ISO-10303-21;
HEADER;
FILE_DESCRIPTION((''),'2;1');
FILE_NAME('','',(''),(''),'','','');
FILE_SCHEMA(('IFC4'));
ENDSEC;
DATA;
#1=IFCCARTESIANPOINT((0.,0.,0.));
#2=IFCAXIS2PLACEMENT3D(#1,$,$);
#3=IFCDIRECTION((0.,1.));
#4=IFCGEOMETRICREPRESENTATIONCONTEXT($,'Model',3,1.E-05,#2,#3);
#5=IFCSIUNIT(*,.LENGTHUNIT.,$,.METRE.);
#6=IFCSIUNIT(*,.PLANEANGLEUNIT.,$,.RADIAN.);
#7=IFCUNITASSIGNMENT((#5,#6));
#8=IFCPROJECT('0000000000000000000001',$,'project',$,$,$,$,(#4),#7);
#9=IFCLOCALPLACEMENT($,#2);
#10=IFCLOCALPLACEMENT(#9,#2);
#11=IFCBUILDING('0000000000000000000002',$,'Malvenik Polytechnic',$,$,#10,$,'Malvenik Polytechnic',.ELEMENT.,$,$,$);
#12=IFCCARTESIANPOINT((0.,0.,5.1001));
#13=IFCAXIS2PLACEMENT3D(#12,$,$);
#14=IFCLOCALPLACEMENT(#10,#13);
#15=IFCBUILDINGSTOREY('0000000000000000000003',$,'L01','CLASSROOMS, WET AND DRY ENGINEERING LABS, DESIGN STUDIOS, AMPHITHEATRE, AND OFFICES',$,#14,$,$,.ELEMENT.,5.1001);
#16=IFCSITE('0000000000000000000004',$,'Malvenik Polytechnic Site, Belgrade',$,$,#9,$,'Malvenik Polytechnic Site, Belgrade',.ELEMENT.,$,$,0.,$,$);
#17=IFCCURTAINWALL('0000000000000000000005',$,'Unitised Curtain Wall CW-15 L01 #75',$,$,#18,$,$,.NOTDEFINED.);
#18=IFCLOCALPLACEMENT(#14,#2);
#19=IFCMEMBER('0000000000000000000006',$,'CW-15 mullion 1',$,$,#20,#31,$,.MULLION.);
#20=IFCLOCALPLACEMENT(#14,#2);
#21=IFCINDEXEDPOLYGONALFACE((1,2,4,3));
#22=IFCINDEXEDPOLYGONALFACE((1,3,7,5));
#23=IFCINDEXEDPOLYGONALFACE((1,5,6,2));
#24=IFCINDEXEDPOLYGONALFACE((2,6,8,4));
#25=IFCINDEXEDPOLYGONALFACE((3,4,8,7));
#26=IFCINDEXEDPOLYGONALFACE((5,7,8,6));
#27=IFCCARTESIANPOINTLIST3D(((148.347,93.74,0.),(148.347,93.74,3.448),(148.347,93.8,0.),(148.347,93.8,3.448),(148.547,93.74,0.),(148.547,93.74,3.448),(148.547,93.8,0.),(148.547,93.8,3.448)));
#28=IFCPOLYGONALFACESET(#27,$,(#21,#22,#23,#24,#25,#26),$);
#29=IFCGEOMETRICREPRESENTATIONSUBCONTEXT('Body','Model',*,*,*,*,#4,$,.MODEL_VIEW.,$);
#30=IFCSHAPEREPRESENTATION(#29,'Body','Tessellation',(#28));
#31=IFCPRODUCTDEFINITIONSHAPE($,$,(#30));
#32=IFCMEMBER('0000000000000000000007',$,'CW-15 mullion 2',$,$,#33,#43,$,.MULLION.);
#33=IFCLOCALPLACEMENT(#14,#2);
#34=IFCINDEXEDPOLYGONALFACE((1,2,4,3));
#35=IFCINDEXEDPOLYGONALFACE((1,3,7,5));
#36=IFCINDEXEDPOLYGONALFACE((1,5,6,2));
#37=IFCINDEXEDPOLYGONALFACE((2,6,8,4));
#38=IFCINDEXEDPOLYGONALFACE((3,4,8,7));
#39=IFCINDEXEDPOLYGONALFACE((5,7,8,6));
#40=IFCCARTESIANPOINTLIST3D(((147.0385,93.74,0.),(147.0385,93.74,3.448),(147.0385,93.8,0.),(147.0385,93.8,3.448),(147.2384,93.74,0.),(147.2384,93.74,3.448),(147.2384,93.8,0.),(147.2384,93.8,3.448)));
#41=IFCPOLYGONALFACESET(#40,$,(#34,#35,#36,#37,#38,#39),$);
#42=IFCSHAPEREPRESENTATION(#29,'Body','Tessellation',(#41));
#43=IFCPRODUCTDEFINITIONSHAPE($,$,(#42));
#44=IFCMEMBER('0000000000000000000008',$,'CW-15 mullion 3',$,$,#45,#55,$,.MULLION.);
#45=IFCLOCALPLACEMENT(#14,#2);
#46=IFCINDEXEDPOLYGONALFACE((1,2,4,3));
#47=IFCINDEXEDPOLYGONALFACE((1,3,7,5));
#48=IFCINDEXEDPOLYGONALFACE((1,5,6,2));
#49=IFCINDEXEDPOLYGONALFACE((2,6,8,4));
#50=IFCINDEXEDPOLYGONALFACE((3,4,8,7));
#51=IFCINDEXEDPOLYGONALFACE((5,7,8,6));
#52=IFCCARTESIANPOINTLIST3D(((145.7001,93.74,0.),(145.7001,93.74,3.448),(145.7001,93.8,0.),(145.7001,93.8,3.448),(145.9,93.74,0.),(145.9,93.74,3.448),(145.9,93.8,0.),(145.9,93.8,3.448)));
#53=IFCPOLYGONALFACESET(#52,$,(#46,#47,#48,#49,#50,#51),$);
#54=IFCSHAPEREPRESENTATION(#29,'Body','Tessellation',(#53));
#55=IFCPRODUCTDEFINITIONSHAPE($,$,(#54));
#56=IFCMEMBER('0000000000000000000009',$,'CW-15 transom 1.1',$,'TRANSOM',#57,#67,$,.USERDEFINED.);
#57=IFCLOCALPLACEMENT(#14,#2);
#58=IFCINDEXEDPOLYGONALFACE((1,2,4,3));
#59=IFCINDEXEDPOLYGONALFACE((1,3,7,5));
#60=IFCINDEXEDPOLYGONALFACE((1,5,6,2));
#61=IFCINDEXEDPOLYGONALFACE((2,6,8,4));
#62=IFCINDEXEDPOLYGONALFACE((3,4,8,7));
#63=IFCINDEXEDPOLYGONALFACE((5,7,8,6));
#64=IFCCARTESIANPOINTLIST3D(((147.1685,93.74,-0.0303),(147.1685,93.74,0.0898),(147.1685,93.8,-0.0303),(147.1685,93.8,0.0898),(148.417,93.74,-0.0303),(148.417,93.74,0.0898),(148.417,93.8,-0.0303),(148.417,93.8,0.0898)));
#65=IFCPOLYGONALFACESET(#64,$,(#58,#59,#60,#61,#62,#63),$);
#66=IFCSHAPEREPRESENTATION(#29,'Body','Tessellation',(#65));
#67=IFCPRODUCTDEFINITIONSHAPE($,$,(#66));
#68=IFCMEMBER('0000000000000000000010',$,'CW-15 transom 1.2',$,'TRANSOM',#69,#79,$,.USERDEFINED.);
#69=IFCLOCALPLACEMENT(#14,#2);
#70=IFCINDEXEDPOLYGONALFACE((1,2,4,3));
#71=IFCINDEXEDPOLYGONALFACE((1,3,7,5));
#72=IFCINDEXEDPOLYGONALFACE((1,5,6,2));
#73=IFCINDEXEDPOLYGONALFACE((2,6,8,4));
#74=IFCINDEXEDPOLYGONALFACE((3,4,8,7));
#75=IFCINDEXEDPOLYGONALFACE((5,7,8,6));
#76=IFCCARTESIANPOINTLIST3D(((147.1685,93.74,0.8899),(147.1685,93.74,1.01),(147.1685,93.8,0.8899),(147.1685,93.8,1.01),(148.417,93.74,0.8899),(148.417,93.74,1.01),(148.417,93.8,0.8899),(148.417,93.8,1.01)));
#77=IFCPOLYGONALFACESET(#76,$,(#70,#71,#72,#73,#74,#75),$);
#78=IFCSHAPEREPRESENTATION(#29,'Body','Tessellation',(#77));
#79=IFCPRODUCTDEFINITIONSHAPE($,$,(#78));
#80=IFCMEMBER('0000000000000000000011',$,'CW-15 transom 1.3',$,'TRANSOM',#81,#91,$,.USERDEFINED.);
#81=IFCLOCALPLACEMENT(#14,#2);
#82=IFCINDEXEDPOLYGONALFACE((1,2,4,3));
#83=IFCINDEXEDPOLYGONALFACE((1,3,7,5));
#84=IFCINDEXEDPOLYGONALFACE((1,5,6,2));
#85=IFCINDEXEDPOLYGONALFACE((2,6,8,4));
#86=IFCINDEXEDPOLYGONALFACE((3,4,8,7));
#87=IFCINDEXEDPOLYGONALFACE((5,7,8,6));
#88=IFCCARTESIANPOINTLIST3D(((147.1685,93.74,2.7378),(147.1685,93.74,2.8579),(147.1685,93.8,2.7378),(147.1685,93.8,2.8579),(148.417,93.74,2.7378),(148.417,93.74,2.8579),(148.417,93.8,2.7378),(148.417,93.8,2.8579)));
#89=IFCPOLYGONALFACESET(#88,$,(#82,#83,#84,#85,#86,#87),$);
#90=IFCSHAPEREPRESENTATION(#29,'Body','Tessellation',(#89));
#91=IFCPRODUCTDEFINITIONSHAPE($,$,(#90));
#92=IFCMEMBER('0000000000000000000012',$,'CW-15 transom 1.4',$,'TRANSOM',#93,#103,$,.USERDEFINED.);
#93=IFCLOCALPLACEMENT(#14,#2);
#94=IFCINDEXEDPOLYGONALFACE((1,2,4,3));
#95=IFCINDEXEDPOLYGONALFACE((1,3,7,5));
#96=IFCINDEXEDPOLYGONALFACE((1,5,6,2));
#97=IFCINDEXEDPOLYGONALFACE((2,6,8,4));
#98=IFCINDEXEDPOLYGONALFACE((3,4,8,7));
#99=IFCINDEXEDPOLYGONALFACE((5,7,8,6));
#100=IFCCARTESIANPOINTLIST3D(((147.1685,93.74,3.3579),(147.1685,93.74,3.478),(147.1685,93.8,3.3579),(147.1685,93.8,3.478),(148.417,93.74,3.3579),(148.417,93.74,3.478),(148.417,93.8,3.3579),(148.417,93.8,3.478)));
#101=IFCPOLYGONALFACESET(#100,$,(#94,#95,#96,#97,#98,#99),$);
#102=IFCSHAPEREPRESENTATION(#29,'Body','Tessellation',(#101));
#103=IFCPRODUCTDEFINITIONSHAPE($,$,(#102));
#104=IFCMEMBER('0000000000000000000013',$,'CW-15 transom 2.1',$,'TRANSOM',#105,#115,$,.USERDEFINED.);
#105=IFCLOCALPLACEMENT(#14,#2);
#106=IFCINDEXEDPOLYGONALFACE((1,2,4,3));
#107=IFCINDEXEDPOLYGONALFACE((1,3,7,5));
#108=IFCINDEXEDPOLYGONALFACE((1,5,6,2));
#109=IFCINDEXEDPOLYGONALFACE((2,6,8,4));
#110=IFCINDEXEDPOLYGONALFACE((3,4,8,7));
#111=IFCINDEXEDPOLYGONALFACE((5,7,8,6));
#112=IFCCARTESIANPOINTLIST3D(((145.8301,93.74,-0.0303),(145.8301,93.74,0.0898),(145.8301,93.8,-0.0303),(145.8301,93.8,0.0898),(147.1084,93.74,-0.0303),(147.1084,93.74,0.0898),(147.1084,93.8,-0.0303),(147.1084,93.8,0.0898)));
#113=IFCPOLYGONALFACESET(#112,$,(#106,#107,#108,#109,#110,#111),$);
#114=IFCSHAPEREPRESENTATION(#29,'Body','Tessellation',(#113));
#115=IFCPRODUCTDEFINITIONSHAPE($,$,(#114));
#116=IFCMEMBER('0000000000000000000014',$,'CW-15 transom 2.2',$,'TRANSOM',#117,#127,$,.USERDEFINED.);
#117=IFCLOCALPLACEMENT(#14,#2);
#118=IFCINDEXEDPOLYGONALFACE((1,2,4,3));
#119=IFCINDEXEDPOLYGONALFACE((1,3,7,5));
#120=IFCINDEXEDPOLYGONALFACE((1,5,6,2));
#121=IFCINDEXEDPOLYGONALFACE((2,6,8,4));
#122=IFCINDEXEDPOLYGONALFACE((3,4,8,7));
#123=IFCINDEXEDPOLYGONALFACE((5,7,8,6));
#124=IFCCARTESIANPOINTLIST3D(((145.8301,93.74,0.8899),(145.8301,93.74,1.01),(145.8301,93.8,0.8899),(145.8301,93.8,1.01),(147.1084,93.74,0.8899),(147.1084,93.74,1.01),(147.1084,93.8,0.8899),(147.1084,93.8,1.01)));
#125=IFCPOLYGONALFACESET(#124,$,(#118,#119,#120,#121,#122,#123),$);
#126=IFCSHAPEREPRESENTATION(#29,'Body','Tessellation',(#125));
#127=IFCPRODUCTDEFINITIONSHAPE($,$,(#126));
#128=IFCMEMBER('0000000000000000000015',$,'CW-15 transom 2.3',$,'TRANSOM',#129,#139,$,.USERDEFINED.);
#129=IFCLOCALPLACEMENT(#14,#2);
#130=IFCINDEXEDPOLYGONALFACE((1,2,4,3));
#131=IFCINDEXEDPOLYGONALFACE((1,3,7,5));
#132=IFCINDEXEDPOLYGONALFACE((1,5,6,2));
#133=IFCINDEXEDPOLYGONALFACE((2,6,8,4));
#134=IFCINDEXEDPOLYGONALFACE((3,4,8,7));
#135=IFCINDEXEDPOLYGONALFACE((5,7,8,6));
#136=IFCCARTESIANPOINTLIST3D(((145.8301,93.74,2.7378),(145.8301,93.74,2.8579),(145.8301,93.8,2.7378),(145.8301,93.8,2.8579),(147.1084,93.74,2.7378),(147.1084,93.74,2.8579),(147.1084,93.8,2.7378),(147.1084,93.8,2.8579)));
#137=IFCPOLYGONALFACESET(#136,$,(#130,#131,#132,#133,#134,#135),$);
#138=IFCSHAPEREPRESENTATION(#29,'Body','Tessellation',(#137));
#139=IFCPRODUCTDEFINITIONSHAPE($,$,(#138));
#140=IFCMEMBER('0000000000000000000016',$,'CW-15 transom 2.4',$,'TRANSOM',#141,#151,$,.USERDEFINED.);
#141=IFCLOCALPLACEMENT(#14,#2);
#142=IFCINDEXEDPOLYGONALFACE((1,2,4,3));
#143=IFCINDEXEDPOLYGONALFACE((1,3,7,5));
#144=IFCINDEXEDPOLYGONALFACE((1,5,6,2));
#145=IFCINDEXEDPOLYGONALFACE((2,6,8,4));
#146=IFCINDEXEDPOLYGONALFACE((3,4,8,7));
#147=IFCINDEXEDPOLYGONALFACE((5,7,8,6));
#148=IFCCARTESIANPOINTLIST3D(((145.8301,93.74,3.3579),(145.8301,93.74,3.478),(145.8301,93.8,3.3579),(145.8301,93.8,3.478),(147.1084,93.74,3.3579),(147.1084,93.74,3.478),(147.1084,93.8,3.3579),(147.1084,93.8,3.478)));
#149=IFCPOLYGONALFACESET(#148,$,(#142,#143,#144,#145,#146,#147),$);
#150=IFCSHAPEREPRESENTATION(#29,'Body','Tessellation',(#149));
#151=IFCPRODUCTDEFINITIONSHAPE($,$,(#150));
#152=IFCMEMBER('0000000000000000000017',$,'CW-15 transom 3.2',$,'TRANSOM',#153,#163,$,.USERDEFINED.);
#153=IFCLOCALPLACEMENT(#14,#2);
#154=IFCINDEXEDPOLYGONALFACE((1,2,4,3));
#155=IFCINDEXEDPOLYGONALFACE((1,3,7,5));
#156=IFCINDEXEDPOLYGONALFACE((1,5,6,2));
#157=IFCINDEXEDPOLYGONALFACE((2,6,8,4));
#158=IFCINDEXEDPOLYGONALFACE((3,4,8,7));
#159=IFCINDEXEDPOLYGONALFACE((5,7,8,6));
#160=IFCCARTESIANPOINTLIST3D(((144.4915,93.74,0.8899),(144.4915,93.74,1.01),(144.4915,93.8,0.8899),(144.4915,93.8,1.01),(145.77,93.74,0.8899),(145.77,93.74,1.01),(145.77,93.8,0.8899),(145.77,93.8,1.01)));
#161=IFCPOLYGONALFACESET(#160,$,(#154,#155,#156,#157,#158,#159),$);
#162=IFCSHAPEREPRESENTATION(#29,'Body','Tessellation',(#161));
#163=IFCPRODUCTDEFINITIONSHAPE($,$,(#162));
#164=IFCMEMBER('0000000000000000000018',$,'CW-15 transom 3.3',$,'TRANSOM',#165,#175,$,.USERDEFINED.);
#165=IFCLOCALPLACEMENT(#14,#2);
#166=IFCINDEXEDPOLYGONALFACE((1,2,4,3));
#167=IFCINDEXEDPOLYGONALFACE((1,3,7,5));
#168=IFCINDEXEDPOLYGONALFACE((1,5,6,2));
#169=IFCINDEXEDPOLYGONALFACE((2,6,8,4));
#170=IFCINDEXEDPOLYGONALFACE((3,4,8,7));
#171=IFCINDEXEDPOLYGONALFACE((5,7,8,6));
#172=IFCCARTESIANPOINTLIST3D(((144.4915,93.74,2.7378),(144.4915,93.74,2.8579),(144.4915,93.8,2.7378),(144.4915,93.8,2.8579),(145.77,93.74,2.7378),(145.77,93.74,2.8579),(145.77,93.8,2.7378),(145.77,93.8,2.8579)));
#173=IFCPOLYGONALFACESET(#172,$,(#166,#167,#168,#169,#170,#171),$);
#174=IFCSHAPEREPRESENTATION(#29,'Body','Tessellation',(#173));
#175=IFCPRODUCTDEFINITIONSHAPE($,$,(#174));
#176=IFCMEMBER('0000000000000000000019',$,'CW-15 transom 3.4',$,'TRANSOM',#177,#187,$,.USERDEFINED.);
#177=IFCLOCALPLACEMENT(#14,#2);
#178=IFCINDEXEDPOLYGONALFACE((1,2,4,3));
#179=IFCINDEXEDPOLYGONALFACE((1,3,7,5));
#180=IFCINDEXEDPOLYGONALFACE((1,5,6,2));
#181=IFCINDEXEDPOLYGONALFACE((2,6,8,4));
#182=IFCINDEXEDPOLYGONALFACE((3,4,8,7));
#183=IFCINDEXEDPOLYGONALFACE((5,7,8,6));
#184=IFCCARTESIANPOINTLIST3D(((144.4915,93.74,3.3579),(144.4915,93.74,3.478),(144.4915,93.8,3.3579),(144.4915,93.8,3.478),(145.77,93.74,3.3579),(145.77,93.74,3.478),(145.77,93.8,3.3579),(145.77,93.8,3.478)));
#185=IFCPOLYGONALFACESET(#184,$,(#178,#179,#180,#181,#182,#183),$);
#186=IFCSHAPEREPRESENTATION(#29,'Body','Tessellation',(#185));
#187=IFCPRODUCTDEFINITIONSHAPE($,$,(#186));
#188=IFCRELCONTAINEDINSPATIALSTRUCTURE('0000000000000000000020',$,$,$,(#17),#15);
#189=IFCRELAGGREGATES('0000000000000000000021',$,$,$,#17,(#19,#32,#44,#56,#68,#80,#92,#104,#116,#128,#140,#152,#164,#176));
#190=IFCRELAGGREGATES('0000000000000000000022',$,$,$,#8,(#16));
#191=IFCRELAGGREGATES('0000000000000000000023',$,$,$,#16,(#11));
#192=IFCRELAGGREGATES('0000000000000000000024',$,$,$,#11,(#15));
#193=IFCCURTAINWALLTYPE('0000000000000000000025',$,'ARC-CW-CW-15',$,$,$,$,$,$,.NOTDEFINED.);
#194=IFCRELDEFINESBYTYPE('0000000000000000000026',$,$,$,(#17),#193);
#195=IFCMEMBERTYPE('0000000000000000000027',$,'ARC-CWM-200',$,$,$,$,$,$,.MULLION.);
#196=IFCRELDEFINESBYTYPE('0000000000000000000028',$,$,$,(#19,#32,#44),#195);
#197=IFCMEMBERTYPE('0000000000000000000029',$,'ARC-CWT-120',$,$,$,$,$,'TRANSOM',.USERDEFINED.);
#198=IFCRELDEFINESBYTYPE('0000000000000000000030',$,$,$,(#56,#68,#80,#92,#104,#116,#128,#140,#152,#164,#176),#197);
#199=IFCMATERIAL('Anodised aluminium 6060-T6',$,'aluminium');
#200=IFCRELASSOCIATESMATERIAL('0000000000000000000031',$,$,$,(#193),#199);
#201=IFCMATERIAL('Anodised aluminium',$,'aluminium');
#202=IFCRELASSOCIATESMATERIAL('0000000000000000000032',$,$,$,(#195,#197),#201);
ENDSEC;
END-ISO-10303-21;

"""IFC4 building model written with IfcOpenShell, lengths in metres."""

from ifc_helpers import new_model, si_unit, direction, frame, origin, origin_2d, place, context, subcontext, project, spatial, rectangle, extrude, material, material_profile, profile_set, type_object, element, aggregate, save


model = new_model("IFC4")

# Units and contexts
model_context = context("Model", 3, precision=1e-05, world=origin(), true_north=direction((0.0, 1.0)))
body_context = subcontext(model_context, "Body", "Model", "MODEL_VIEW")
ifc_project = project(units=[si_unit("LENGTHUNIT", "METRE"), si_unit("PLANEANGLEUNIT", "RADIAN")], contexts=[model_context])

# Site, building, storey
site_placement = place(None, origin())
site = spatial("IfcSite", under=ifc_project, at=site_placement, Name="Malvenik Polytechnic Site, Belgrade", LongName="Malvenik Polytechnic Site, Belgrade", CompositionType="ELEMENT", RefElevation=0.0)
building_placement = place(site_placement, origin())
building = spatial("IfcBuilding", under=site, at=building_placement, Name="Malvenik Polytechnic", LongName="Malvenik Polytechnic", CompositionType="ELEMENT")
storey_placement = place(building_placement, frame((0.0, 0.0, 5.1001)))
storey = spatial("IfcBuildingStorey", under=building, at=storey_placement, Name="L01", Description="CLASSROOMS, WET AND DRY ENGINEERING LABS, DESIGN STUDIOS, AMPHITHEATRE, AND OFFICES", CompositionType="ELEMENT", Elevation=5.1001)

# Curtain wall, members
ifc_material_1 = material(Name="Anodised aluminium 6060-T6", Category="aluminium")
curtain_wall_type = type_object("IfcCurtainWallType", Name="ARC-CW-CW-15", PredefinedType="NOTDEFINED", material=ifc_material_1)
curtain_wall_placement = place(storey_placement, origin())
curtain_wall = element("IfcCurtainWall", 1, at=curtain_wall_placement, inside=storey, type_object=curtain_wall_type, Name="Unitised Curtain Wall CW-15 L01 #75", PredefinedType="NOTDEFINED")
ifc_material_2 = material(Name="Anodised aluminium", Category="aluminium")
ifc_material_profile_1 = material_profile(ifc_material_2, rectangle(XDim=0.0601, YDim=0.2, at=origin_2d()), Name="ALU MULLION 60x200")
ifc_profile_set_1 = profile_set([ifc_material_profile_1], Name="Anodised aluminium")
member_type_1 = type_object("IfcMemberType", Name="ARC-CWM-200", PredefinedType="MULLION", material=ifc_profile_set_1)
member_1_placement = place(storey_placement, frame((148.447, 93.77, 0.0), z_axis=(0.0, 0.0, 1.0), x_axis=(0.0, -1.0, 0.0)))
member_1 = element("IfcMember", 2, at=member_1_placement, type_object=member_type_1, Name="CW-15 mullion 1", PredefinedType="MULLION", context=body_context, shape_type="SweptSolid", body=[
    extrude(rectangle(XDim=0.0601, YDim=0.2, at=origin_2d()), origin(), (0.0, 0.0, 1.0), 3.448),
])
member_2_placement = place(storey_placement, frame((147.1384, 93.77, 0.0), z_axis=(0.0, 0.0, 1.0), x_axis=(0.0, -1.0, 0.0)))
member_2 = element("IfcMember", 3, at=member_2_placement, type_object=member_type_1, Name="CW-15 mullion 2", PredefinedType="MULLION", context=body_context, shape_type="SweptSolid", body=[
    extrude(rectangle(XDim=0.0601, YDim=0.2, at=origin_2d()), origin(), (0.0, 0.0, 1.0), 3.448),
])
member_3_placement = place(storey_placement, frame((145.8, 93.77, 0.0), z_axis=(0.0, 0.0, 1.0), x_axis=(0.0, -1.0, 0.0)))
member_3 = element("IfcMember", 4, at=member_3_placement, type_object=member_type_1, Name="CW-15 mullion 3", PredefinedType="MULLION", context=body_context, shape_type="SweptSolid", body=[
    extrude(rectangle(XDim=0.0601, YDim=0.2, at=origin_2d()), origin(), (0.0, 0.0, 1.0), 3.448),
])
ifc_material_profile_2 = material_profile(ifc_material_2, rectangle(XDim=0.0601, YDim=0.1201, at=origin_2d()), Name="ALU TRANSOM 60x120")
ifc_profile_set_2 = profile_set([ifc_material_profile_2], Name="Anodised aluminium")
member_type_2 = type_object("IfcMemberType", Name="ARC-CWT-120", ElementType="TRANSOM", PredefinedType="USERDEFINED", material=ifc_profile_set_2)
member_4_placement = place(storey_placement, frame((148.417, 93.77, 0.0298), z_axis=(-1.0, 0.0, 0.0), x_axis=(0.0, -1.0, 0.0)))
member_4 = element("IfcMember", 5, at=member_4_placement, type_object=member_type_2, Name="CW-15 transom 1.1", ObjectType="TRANSOM", PredefinedType="USERDEFINED", context=body_context, shape_type="SweptSolid", body=[
    extrude(rectangle(XDim=0.0601, YDim=0.1201, at=origin_2d()), origin(), (0.0, 0.0, 1.0), 1.2485),
])
member_5_placement = place(storey_placement, frame((148.417, 93.77, 0.95), z_axis=(-1.0, 0.0, 0.0), x_axis=(0.0, -1.0, 0.0)))
member_5 = element("IfcMember", 6, at=member_5_placement, type_object=member_type_2, Name="CW-15 transom 1.2", ObjectType="TRANSOM", PredefinedType="USERDEFINED", context=body_context, shape_type="SweptSolid", body=[
    extrude(rectangle(XDim=0.0601, YDim=0.1201, at=origin_2d()), origin(), (0.0, 0.0, 1.0), 1.2485),
])
member_6_placement = place(storey_placement, frame((148.417, 93.77, 2.7979), z_axis=(-1.0, 0.0, 0.0), x_axis=(0.0, -1.0, 0.0)))
member_6 = element("IfcMember", 7, at=member_6_placement, type_object=member_type_2, Name="CW-15 transom 1.3", ObjectType="TRANSOM", PredefinedType="USERDEFINED", context=body_context, shape_type="SweptSolid", body=[
    extrude(rectangle(XDim=0.0601, YDim=0.1201, at=origin_2d()), origin(), (0.0, 0.0, 1.0), 1.2485),
])
member_7_placement = place(storey_placement, frame((148.417, 93.77, 3.418), z_axis=(-1.0, 0.0, 0.0), x_axis=(0.0, -1.0, 0.0)))
member_7 = element("IfcMember", 8, at=member_7_placement, type_object=member_type_2, Name="CW-15 transom 1.4", ObjectType="TRANSOM", PredefinedType="USERDEFINED", context=body_context, shape_type="SweptSolid", body=[
    extrude(rectangle(XDim=0.0601, YDim=0.1201, at=origin_2d()), origin(), (0.0, 0.0, 1.0), 1.2485),
])
member_8_placement = place(storey_placement, frame((147.1084, 93.77, 0.0298), z_axis=(-1.0, 0.0, 0.0), x_axis=(0.0, -1.0, 0.0)))
member_8 = element("IfcMember", 9, at=member_8_placement, type_object=member_type_2, Name="CW-15 transom 2.1", ObjectType="TRANSOM", PredefinedType="USERDEFINED", context=body_context, shape_type="SweptSolid", body=[
    extrude(rectangle(XDim=0.0601, YDim=0.1201, at=origin_2d()), origin(), (0.0, 0.0, 1.0), 1.2783),
])
member_9_placement = place(storey_placement, frame((147.1084, 93.77, 0.95), z_axis=(-1.0, 0.0, 0.0), x_axis=(0.0, -1.0, 0.0)))
member_9 = element("IfcMember", 10, at=member_9_placement, type_object=member_type_2, Name="CW-15 transom 2.2", ObjectType="TRANSOM", PredefinedType="USERDEFINED", context=body_context, shape_type="SweptSolid", body=[
    extrude(rectangle(XDim=0.0601, YDim=0.1201, at=origin_2d()), origin(), (0.0, 0.0, 1.0), 1.2783),
])
member_10_placement = place(storey_placement, frame((147.1084, 93.77, 2.7979), z_axis=(-1.0, 0.0, 0.0), x_axis=(0.0, -1.0, 0.0)))
member_10 = element("IfcMember", 11, at=member_10_placement, type_object=member_type_2, Name="CW-15 transom 2.3", ObjectType="TRANSOM", PredefinedType="USERDEFINED", context=body_context, shape_type="SweptSolid", body=[
    extrude(rectangle(XDim=0.0601, YDim=0.1201, at=origin_2d()), origin(), (0.0, 0.0, 1.0), 1.2783),
])
member_11_placement = place(storey_placement, frame((147.1084, 93.77, 3.418), z_axis=(-1.0, 0.0, 0.0), x_axis=(0.0, -1.0, 0.0)))
member_11 = element("IfcMember", 12, at=member_11_placement, type_object=member_type_2, Name="CW-15 transom 2.4", ObjectType="TRANSOM", PredefinedType="USERDEFINED", context=body_context, shape_type="SweptSolid", body=[
    extrude(rectangle(XDim=0.0601, YDim=0.1201, at=origin_2d()), origin(), (0.0, 0.0, 1.0), 1.2783),
])
member_12_placement = place(storey_placement, frame((145.77, 93.77, 0.95), z_axis=(-1.0, 0.0, 0.0), x_axis=(0.0, -1.0, 0.0)))
member_12 = element("IfcMember", 13, at=member_12_placement, type_object=member_type_2, Name="CW-15 transom 3.2", ObjectType="TRANSOM", PredefinedType="USERDEFINED", context=body_context, shape_type="SweptSolid", body=[
    extrude(rectangle(XDim=0.0601, YDim=0.1201, at=origin_2d()), origin(), (0.0, 0.0, 1.0), 1.2786),
])
member_13_placement = place(storey_placement, frame((145.77, 93.77, 2.7979), z_axis=(-1.0, 0.0, 0.0), x_axis=(0.0, -1.0, 0.0)))
member_13 = element("IfcMember", 14, at=member_13_placement, type_object=member_type_2, Name="CW-15 transom 3.3", ObjectType="TRANSOM", PredefinedType="USERDEFINED", context=body_context, shape_type="SweptSolid", body=[
    extrude(rectangle(XDim=0.0601, YDim=0.1201, at=origin_2d()), origin(), (0.0, 0.0, 1.0), 1.2786),
])
member_14_placement = place(storey_placement, frame((145.77, 93.77, 3.418), z_axis=(-1.0, 0.0, 0.0), x_axis=(0.0, -1.0, 0.0)))
member_14 = element("IfcMember", 15, at=member_14_placement, type_object=member_type_2, Name="CW-15 transom 3.4", ObjectType="TRANSOM", PredefinedType="USERDEFINED", context=body_context, shape_type="SweptSolid", body=[
    extrude(rectangle(XDim=0.0601, YDim=0.1201, at=origin_2d()), origin(), (0.0, 0.0, 1.0), 1.2786),
])
aggregate(curtain_wall, [member_1, member_2, member_3, member_4, member_5, member_6, member_7, member_8, member_9, member_10, member_11, member_12, member_13, member_14])

save(model, "model.ifc")
